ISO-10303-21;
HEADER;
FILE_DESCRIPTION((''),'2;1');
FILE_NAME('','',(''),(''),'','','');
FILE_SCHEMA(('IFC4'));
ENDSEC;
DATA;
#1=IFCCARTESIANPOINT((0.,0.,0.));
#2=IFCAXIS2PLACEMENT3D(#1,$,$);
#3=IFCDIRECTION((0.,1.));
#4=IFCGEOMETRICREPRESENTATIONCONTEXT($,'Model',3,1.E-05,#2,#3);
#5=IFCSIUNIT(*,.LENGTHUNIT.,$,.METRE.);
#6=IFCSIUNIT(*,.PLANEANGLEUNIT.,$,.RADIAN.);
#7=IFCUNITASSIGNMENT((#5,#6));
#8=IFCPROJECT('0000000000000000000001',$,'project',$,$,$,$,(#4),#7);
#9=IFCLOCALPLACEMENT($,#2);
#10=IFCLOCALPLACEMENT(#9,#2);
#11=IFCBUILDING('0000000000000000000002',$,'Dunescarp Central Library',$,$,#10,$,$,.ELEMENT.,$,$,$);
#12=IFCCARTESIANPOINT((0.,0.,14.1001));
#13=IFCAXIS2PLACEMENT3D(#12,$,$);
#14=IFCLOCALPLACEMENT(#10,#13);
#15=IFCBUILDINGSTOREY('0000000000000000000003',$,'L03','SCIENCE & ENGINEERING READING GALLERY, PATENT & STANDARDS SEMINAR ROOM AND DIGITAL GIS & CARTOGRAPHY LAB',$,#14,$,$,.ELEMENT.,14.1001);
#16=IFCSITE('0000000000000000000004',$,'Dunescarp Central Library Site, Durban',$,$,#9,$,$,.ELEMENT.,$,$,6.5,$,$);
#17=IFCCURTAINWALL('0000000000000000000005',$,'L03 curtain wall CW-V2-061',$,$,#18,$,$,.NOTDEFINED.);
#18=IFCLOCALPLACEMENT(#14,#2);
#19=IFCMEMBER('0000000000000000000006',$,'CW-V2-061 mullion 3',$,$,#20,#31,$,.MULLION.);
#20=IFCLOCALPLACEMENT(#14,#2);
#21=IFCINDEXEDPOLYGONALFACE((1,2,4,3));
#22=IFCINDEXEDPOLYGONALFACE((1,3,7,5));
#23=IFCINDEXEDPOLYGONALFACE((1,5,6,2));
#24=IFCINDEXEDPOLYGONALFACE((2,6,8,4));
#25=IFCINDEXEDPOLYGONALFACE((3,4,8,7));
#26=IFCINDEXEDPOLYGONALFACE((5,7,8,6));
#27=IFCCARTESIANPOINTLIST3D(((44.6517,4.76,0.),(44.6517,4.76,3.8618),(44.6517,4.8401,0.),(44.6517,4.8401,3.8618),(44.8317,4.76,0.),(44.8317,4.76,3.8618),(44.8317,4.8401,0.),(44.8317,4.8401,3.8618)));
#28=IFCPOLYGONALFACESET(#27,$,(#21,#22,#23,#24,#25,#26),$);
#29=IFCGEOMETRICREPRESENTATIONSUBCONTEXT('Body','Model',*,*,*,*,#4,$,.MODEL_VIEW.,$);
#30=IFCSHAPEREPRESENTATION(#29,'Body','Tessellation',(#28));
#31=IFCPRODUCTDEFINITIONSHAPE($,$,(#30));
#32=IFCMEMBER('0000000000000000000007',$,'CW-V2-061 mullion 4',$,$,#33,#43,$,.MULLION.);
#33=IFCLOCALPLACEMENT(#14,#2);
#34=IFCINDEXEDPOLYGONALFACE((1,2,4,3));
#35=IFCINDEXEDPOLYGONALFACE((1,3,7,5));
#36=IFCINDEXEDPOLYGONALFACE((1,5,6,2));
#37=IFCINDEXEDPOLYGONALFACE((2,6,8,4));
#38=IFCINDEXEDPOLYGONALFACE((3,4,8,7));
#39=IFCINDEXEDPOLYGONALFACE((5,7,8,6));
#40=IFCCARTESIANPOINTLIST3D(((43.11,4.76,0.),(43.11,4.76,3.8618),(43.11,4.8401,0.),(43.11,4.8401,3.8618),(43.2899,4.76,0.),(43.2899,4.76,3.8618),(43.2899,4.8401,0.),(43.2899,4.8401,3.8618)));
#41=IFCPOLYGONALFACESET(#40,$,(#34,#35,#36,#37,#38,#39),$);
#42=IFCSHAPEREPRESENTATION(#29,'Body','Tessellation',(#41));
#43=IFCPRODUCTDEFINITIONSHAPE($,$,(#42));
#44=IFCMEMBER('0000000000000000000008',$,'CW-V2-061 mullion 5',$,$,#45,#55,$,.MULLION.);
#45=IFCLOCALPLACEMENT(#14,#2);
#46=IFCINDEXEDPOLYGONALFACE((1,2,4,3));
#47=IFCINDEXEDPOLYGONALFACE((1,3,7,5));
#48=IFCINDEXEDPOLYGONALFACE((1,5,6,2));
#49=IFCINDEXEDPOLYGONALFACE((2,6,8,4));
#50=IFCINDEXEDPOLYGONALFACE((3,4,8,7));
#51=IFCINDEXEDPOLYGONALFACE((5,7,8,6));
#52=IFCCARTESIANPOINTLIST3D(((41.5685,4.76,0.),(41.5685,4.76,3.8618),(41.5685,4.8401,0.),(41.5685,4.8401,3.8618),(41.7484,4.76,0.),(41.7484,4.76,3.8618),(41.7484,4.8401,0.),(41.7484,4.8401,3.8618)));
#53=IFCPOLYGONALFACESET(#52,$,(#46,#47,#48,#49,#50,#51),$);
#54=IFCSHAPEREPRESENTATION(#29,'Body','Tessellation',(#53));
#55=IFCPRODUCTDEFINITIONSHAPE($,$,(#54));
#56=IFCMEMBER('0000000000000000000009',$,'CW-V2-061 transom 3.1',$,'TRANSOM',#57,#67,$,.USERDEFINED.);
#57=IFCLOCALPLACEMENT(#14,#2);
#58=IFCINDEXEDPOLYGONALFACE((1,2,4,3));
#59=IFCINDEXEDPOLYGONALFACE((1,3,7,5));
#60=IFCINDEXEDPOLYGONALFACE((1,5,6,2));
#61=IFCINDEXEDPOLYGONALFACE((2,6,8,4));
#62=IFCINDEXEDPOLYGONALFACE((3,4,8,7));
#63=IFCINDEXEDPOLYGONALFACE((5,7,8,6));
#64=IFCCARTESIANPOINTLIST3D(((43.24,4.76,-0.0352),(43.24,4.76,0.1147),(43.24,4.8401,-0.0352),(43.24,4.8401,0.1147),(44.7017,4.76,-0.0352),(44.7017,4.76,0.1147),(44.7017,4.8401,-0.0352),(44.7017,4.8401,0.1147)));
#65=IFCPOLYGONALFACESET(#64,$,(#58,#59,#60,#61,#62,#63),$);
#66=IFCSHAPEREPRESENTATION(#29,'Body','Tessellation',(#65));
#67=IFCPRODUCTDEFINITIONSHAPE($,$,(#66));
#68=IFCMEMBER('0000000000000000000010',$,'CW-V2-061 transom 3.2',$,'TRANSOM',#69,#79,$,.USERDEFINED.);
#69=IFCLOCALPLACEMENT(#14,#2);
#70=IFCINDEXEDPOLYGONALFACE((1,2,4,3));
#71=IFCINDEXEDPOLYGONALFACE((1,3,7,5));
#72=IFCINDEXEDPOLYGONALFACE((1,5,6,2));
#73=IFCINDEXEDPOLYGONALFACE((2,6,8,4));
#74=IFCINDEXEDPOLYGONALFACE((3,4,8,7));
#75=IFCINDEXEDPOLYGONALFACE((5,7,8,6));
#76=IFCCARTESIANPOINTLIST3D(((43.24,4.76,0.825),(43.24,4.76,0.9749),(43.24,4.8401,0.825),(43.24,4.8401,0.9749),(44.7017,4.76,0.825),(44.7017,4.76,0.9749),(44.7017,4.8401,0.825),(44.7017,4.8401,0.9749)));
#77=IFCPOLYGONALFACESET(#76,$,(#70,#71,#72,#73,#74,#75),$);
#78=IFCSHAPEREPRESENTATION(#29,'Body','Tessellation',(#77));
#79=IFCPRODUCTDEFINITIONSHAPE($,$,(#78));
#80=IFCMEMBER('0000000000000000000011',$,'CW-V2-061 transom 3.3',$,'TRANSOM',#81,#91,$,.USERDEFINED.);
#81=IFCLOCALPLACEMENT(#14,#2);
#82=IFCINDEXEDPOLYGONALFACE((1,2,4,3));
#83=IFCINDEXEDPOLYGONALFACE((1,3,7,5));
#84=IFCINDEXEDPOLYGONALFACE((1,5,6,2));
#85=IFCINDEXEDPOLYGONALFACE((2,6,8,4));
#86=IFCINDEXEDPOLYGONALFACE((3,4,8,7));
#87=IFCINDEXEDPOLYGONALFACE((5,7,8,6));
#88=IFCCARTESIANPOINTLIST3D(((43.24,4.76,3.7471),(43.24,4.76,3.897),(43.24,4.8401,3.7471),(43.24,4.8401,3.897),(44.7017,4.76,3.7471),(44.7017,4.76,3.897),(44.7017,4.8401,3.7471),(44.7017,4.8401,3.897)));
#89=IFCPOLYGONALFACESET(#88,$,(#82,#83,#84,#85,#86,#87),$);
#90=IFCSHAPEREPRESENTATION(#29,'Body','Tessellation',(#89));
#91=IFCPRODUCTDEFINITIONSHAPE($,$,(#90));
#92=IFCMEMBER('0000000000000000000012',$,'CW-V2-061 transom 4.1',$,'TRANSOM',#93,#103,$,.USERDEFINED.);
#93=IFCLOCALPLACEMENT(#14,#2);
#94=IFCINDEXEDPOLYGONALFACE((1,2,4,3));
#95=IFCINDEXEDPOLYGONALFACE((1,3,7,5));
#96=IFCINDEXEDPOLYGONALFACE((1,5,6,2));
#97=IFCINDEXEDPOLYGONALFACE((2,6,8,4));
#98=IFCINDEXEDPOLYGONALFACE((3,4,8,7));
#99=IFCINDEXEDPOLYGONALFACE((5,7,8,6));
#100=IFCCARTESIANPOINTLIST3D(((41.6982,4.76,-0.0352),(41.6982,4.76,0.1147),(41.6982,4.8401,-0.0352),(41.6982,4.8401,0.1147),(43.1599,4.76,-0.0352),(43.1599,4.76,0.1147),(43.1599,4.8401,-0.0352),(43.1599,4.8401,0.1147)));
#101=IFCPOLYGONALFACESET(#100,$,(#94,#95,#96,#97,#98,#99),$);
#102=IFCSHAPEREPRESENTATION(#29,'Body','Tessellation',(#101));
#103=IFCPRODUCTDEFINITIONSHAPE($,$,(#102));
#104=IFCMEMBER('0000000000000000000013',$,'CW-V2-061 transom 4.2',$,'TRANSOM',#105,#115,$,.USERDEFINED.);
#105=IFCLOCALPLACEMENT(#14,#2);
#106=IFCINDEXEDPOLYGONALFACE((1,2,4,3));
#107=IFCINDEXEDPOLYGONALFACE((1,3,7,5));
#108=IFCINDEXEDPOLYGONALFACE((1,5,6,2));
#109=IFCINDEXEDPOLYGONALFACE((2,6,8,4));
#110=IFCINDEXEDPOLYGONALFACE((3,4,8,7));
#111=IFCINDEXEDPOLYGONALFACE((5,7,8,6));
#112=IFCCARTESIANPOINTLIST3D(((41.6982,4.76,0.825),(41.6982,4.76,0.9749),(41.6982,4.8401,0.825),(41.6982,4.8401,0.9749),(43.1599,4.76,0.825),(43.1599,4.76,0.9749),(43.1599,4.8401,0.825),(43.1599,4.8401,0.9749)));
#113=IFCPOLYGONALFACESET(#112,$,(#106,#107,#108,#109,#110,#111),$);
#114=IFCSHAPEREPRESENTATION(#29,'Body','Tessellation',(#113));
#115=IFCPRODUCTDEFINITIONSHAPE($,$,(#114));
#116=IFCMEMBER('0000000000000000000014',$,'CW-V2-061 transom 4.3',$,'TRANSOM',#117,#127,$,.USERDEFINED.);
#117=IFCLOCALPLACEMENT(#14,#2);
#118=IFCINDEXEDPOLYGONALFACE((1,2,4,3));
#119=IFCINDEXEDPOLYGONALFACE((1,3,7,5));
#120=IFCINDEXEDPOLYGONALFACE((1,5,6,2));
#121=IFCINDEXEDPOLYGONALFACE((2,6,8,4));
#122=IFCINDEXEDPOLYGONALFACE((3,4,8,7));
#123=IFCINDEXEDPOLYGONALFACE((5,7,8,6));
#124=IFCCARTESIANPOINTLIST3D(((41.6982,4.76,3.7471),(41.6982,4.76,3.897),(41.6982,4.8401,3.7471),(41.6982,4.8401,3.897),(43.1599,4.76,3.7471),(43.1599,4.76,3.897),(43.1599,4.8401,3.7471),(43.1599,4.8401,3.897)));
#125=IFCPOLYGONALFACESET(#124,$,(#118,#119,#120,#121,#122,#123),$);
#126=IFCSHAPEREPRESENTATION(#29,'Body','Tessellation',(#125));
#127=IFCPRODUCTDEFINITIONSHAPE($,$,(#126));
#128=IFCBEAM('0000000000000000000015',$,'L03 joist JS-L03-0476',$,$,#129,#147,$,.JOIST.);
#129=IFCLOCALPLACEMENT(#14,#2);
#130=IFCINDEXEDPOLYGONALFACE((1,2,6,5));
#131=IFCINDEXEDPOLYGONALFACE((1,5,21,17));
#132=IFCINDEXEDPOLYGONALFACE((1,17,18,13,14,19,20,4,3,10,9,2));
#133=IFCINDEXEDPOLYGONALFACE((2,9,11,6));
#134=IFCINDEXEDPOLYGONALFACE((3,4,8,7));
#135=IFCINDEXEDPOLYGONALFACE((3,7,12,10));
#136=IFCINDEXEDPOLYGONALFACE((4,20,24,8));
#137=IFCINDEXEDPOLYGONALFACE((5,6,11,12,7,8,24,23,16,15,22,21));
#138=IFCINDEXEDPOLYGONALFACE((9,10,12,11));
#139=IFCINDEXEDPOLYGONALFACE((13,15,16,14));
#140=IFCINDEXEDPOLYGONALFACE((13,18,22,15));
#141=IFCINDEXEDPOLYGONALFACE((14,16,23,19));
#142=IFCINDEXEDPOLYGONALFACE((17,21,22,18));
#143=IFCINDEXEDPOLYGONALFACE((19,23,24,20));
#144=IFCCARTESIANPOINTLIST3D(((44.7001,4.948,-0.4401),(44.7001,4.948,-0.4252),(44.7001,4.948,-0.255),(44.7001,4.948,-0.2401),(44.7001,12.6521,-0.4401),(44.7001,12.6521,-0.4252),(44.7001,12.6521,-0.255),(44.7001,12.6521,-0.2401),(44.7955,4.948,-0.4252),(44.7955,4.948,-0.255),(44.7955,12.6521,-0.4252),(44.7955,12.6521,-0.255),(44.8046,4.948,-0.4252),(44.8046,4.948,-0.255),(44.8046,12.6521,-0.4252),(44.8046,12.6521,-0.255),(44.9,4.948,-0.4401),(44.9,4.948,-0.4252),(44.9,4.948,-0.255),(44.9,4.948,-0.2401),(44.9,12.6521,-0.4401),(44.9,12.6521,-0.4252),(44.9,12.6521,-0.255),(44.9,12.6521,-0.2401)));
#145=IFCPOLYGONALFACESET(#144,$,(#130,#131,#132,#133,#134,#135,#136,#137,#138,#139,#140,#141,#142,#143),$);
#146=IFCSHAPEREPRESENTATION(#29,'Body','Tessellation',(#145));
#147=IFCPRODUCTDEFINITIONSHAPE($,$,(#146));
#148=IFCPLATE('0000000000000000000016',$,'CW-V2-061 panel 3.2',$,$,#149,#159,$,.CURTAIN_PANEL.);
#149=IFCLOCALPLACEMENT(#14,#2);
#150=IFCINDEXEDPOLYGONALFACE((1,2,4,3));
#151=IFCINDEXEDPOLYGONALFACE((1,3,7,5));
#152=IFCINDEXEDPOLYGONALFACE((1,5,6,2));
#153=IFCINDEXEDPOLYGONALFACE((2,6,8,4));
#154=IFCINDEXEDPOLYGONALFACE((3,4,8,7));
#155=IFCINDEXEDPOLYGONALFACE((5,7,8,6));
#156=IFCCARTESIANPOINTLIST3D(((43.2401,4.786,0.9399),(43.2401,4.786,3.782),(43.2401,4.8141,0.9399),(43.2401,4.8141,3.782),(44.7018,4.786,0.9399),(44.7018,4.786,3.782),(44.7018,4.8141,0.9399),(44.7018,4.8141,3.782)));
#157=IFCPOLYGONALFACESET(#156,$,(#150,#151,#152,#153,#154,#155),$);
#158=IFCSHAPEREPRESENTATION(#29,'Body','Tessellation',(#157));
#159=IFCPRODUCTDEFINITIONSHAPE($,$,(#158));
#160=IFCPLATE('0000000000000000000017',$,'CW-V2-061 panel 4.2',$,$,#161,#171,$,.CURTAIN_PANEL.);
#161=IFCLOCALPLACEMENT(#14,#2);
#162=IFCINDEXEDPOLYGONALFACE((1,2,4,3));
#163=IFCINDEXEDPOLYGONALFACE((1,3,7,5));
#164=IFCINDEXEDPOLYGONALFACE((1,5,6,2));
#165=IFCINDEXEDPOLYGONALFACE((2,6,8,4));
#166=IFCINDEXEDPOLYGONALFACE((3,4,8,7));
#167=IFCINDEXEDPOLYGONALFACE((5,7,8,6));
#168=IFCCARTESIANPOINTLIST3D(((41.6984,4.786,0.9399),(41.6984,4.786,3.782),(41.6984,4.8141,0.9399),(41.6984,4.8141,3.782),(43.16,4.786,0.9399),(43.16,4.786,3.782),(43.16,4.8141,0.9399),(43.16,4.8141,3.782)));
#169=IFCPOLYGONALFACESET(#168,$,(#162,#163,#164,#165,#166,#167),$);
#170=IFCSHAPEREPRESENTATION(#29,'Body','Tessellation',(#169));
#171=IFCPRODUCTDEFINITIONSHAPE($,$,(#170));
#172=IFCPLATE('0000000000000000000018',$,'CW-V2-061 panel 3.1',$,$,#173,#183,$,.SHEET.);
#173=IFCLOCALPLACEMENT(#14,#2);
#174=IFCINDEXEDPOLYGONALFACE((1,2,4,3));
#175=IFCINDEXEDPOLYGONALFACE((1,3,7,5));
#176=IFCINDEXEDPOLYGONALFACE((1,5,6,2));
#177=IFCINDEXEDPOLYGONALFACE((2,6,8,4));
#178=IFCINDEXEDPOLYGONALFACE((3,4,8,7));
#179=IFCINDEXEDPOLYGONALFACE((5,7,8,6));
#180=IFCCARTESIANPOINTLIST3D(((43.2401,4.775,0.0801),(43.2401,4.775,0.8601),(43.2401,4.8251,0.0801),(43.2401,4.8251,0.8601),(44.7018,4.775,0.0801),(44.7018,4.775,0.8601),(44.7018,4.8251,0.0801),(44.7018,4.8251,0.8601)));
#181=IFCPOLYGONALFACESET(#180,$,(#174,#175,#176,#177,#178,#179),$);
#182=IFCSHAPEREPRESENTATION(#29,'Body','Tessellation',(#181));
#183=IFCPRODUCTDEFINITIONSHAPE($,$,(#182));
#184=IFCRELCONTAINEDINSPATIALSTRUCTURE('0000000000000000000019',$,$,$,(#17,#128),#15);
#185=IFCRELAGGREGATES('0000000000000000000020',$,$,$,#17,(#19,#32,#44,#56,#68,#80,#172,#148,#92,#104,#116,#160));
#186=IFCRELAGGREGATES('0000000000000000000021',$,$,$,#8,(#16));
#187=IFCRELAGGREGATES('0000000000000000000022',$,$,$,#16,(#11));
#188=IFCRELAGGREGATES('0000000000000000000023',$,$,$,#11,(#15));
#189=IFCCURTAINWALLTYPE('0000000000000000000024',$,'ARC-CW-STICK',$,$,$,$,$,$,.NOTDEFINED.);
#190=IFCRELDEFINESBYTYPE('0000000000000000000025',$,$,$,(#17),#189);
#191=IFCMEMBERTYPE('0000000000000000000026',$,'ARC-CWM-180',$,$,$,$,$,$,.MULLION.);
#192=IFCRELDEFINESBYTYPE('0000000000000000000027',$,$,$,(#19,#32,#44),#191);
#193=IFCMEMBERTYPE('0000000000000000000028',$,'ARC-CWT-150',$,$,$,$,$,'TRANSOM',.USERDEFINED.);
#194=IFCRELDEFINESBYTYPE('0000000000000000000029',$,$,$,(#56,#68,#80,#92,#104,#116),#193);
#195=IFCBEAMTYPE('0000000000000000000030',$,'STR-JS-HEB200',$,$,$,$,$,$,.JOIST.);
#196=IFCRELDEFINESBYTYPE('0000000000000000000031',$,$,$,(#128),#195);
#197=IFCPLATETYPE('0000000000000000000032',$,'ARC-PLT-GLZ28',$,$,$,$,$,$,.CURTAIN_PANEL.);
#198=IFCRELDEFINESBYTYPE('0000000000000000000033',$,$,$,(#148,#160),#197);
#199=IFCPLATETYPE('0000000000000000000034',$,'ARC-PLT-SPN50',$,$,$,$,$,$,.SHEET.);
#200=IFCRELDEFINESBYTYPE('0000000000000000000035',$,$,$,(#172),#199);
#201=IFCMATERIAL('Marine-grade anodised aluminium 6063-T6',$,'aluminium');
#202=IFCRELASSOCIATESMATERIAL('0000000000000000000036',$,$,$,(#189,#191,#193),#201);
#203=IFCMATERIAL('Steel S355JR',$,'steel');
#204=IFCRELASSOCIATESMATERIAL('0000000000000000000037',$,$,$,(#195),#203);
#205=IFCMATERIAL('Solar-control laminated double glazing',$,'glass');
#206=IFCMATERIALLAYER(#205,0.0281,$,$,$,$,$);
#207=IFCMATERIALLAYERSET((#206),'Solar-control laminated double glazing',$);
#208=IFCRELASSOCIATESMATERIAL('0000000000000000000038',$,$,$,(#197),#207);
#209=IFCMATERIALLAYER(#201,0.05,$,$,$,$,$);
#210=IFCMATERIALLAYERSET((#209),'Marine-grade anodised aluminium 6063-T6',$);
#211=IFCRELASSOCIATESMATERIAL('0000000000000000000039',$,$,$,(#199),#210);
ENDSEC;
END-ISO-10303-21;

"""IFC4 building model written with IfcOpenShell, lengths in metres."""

from ifc_helpers import new_model, si_unit, direction, frame, origin, origin_2d, place, context, subcontext, project, spatial, rectangle, i_section, extrude, material, layer, layer_set, material_profile, profile_set, type_object, element, aggregate, save


model = new_model("IFC4")

# Units and contexts
model_context = context("Model", 3, precision=1e-05, world=origin(), true_north=direction((0.0, 1.0)))
body_context = subcontext(model_context, "Body", "Model", "MODEL_VIEW")
ifc_project = project(units=[si_unit("LENGTHUNIT", "METRE"), si_unit("PLANEANGLEUNIT", "RADIAN")], contexts=[model_context])

# Site, building, storey
site_placement = place(None, origin())
site = spatial("IfcSite", under=ifc_project, at=site_placement, Name="Dunescarp Central Library Site, Durban", CompositionType="ELEMENT", RefElevation=6.5)
building_placement = place(site_placement, origin())
building = spatial("IfcBuilding", under=site, at=building_placement, Name="Dunescarp Central Library", CompositionType="ELEMENT")
storey_placement = place(building_placement, frame((0.0, 0.0, 14.1001)))
storey = spatial("IfcBuildingStorey", under=building, at=storey_placement, Name="L03", Description="SCIENCE & ENGINEERING READING GALLERY, PATENT & STANDARDS SEMINAR ROOM AND DIGITAL GIS & CARTOGRAPHY LAB", CompositionType="ELEMENT", Elevation=14.1001)

# Curtain wall, members
ifc_material_1 = material(Name="Marine-grade anodised aluminium 6063-T6", Category="aluminium")
curtain_wall_type = type_object("IfcCurtainWallType", Name="ARC-CW-STICK", PredefinedType="NOTDEFINED", material=ifc_material_1)
curtain_wall_placement = place(storey_placement, origin())
curtain_wall = element("IfcCurtainWall", 1, at=curtain_wall_placement, inside=storey, type_object=curtain_wall_type, Name="L03 curtain wall CW-V2-061", PredefinedType="NOTDEFINED")
ifc_material_profile_1 = material_profile(ifc_material_1, rectangle(XDim=0.0801, YDim=0.1799, at=origin_2d()), Name="AL 80x180")
ifc_profile_set_1 = profile_set([ifc_material_profile_1], Name="Marine-grade anodised aluminium 6063-T6")
member_type_1 = type_object("IfcMemberType", Name="ARC-CWM-180", PredefinedType="MULLION", material=ifc_profile_set_1)
member_1_placement = place(storey_placement, frame((44.7417, 4.8, 0.0), z_axis=(0.0, 0.0, 1.0), x_axis=(0.0, -1.0, 0.0)))
member_1 = element("IfcMember", 2, at=member_1_placement, type_object=member_type_1, Name="CW-V2-061 mullion 3", PredefinedType="MULLION", context=body_context, shape_type="SweptSolid", body=[
    extrude(rectangle(XDim=0.0801, YDim=0.1799, at=origin_2d()), origin(), (0.0, 0.0, 1.0), 3.8618),
])
member_2_placement = place(storey_placement, frame((43.2, 4.8, 0.0), z_axis=(0.0, 0.0, 1.0), x_axis=(0.0, -1.0, 0.0)))
member_2 = element("IfcMember", 3, at=member_2_placement, type_object=member_type_1, Name="CW-V2-061 mullion 4", PredefinedType="MULLION", context=body_context, shape_type="SweptSolid", body=[
    extrude(rectangle(XDim=0.0801, YDim=0.1799, at=origin_2d()), origin(), (0.0, 0.0, 1.0), 3.8618),
])
member_3_placement = place(storey_placement, frame((41.6584, 4.8, 0.0), z_axis=(0.0, 0.0, 1.0), x_axis=(0.0, -1.0, 0.0)))
member_3 = element("IfcMember", 4, at=member_3_placement, type_object=member_type_1, Name="CW-V2-061 mullion 5", PredefinedType="MULLION", context=body_context, shape_type="SweptSolid", body=[
    extrude(rectangle(XDim=0.0801, YDim=0.1799, at=origin_2d()), origin(), (0.0, 0.0, 1.0), 3.8618),
])
ifc_material_profile_2 = material_profile(ifc_material_1, rectangle(XDim=0.0801, YDim=0.1499, at=origin_2d()), Name="AL 80x150")
ifc_profile_set_2 = profile_set([ifc_material_profile_2], Name="Marine-grade anodised aluminium 6063-T6")
member_type_2 = type_object("IfcMemberType", Name="ARC-CWT-150", ElementType="TRANSOM", PredefinedType="USERDEFINED", material=ifc_profile_set_2)
member_4_placement = place(storey_placement, frame((44.7017, 4.8, 0.0398), z_axis=(-1.0, 0.0, 0.0), x_axis=(0.0, -1.0, 0.0)))
member_4 = element("IfcMember", 5, at=member_4_placement, type_object=member_type_2, Name="CW-V2-061 transom 3.1", ObjectType="TRANSOM", PredefinedType="USERDEFINED", context=body_context, shape_type="SweptSolid", body=[
    extrude(rectangle(XDim=0.0801, YDim=0.1499, at=origin_2d()), origin(), (0.0, 0.0, 1.0), 1.4617),
])
member_5_placement = place(storey_placement, frame((44.7017, 4.8, 0.8999), z_axis=(-1.0, 0.0, 0.0), x_axis=(0.0, -1.0, 0.0)))
member_5 = element("IfcMember", 6, at=member_5_placement, type_object=member_type_2, Name="CW-V2-061 transom 3.2", ObjectType="TRANSOM", PredefinedType="USERDEFINED", context=body_context, shape_type="SweptSolid", body=[
    extrude(rectangle(XDim=0.0801, YDim=0.1499, at=origin_2d()), origin(), (0.0, 0.0, 1.0), 1.4617),
])
member_6_placement = place(storey_placement, frame((44.7017, 4.8, 3.822), z_axis=(-1.0, 0.0, 0.0), x_axis=(0.0, -1.0, 0.0)))
member_6 = element("IfcMember", 7, at=member_6_placement, type_object=member_type_2, Name="CW-V2-061 transom 3.3", ObjectType="TRANSOM", PredefinedType="USERDEFINED", context=body_context, shape_type="SweptSolid", body=[
    extrude(rectangle(XDim=0.0801, YDim=0.1499, at=origin_2d()), origin(), (0.0, 0.0, 1.0), 1.4617),
])
member_7_placement = place(storey_placement, frame((43.1599, 4.8, 0.0398), z_axis=(-1.0, 0.0, 0.0), x_axis=(0.0, -1.0, 0.0)))
member_7 = element("IfcMember", 8, at=member_7_placement, type_object=member_type_2, Name="CW-V2-061 transom 4.1", ObjectType="TRANSOM", PredefinedType="USERDEFINED", context=body_context, shape_type="SweptSolid", body=[
    extrude(rectangle(XDim=0.0801, YDim=0.1499, at=origin_2d()), origin(), (0.0, 0.0, 1.0), 1.4617),
])
member_8_placement = place(storey_placement, frame((43.1599, 4.8, 0.8999), z_axis=(-1.0, 0.0, 0.0), x_axis=(0.0, -1.0, 0.0)))
member_8 = element("IfcMember", 9, at=member_8_placement, type_object=member_type_2, Name="CW-V2-061 transom 4.2", ObjectType="TRANSOM", PredefinedType="USERDEFINED", context=body_context, shape_type="SweptSolid", body=[
    extrude(rectangle(XDim=0.0801, YDim=0.1499, at=origin_2d()), origin(), (0.0, 0.0, 1.0), 1.4617),
])
member_9_placement = place(storey_placement, frame((43.1599, 4.8, 3.822), z_axis=(-1.0, 0.0, 0.0), x_axis=(0.0, -1.0, 0.0)))
member_9 = element("IfcMember", 10, at=member_9_placement, type_object=member_type_2, Name="CW-V2-061 transom 4.3", ObjectType="TRANSOM", PredefinedType="USERDEFINED", context=body_context, shape_type="SweptSolid", body=[
    extrude(rectangle(XDim=0.0801, YDim=0.1499, at=origin_2d()), origin(), (0.0, 0.0, 1.0), 1.4617),
])

# Beam
ifc_material_2 = material(Name="Steel S355JR", Category="steel")
ifc_material_profile_3 = material_profile(ifc_material_2, i_section(OverallWidth=0.2, OverallDepth=0.2, WebThickness=0.009, FlangeThickness=0.0149, at=origin_2d()), Name="HEB 200")
ifc_profile_set_3 = profile_set([ifc_material_profile_3], Name="Steel S355JR")
beam_type = type_object("IfcBeamType", Name="STR-JS-HEB200", PredefinedType="JOIST", material=ifc_profile_set_3)
beam_placement = place(storey_placement, frame((44.8, 4.948, -0.3401), z_axis=(0.0, 1.0, 0.0), x_axis=(-1.0, 0.0, 0.0)))
element("IfcBeam", 11, at=beam_placement, inside=storey, type_object=beam_type, Name="L03 joist JS-L03-0476", PredefinedType="JOIST", context=body_context, shape_type="SweptSolid", body=[
    extrude(i_section(OverallWidth=0.2, OverallDepth=0.2, WebThickness=0.009, FlangeThickness=0.0149, at=origin_2d()), origin(), (0.0, 0.0, 1.0), 7.7041),
])

# Plates
ifc_material_3 = material(Name="Solar-control laminated double glazing", Category="glass")
ifc_layer_1 = layer(ifc_material_3, 0.0281)
ifc_layer_set_1 = layer_set([ifc_layer_1], Name="Solar-control laminated double glazing")
plate_type_1 = type_object("IfcPlateType", Name="ARC-PLT-GLZ28", PredefinedType="CURTAIN_PANEL", material=ifc_layer_set_1)
plate_1_placement = place(storey_placement, frame((43.9709, 4.8, 0.9399), z_axis=(0.0, 0.0, 1.0), x_axis=(-1.0, 0.0, 0.0)))
plate_1 = element("IfcPlate", 12, at=plate_1_placement, type_object=plate_type_1, Name="CW-V2-061 panel 3.2", PredefinedType="CURTAIN_PANEL", context=body_context, shape_type="SweptSolid", body=[
    extrude(rectangle(XDim=1.4617, YDim=0.0281, at=origin_2d()), origin(), (0.0, 0.0, 1.0), 2.842),
])
plate_2_placement = place(storey_placement, frame((42.4292, 4.8, 0.9399), z_axis=(0.0, 0.0, 1.0), x_axis=(-1.0, 0.0, 0.0)))
plate_2 = element("IfcPlate", 13, at=plate_2_placement, type_object=plate_type_1, Name="CW-V2-061 panel 4.2", PredefinedType="CURTAIN_PANEL", context=body_context, shape_type="SweptSolid", body=[
    extrude(rectangle(XDim=1.4617, YDim=0.0281, at=origin_2d()), origin(), (0.0, 0.0, 1.0), 2.842),
])
ifc_layer_2 = layer(ifc_material_1, 0.05)
ifc_layer_set_2 = layer_set([ifc_layer_2], Name="Marine-grade anodised aluminium 6063-T6")
plate_type_2 = type_object("IfcPlateType", Name="ARC-PLT-SPN50", PredefinedType="SHEET", material=ifc_layer_set_2)
plate_3_placement = place(storey_placement, frame((43.9709, 4.8, 0.0801), z_axis=(0.0, 0.0, 1.0), x_axis=(-1.0, 0.0, 0.0)))
plate_3 = element("IfcPlate", 14, at=plate_3_placement, type_object=plate_type_2, Name="CW-V2-061 panel 3.1", PredefinedType="SHEET", context=body_context, shape_type="SweptSolid", body=[
    extrude(rectangle(XDim=1.4617, YDim=0.05, at=origin_2d()), origin(), (0.0, 0.0, 1.0), 0.78),
])
aggregate(curtain_wall, [member_1, member_2, member_3, member_4, member_5, member_6, plate_3, plate_1, member_7, member_8, member_9, plate_2])

save(model, "model.ifc")
